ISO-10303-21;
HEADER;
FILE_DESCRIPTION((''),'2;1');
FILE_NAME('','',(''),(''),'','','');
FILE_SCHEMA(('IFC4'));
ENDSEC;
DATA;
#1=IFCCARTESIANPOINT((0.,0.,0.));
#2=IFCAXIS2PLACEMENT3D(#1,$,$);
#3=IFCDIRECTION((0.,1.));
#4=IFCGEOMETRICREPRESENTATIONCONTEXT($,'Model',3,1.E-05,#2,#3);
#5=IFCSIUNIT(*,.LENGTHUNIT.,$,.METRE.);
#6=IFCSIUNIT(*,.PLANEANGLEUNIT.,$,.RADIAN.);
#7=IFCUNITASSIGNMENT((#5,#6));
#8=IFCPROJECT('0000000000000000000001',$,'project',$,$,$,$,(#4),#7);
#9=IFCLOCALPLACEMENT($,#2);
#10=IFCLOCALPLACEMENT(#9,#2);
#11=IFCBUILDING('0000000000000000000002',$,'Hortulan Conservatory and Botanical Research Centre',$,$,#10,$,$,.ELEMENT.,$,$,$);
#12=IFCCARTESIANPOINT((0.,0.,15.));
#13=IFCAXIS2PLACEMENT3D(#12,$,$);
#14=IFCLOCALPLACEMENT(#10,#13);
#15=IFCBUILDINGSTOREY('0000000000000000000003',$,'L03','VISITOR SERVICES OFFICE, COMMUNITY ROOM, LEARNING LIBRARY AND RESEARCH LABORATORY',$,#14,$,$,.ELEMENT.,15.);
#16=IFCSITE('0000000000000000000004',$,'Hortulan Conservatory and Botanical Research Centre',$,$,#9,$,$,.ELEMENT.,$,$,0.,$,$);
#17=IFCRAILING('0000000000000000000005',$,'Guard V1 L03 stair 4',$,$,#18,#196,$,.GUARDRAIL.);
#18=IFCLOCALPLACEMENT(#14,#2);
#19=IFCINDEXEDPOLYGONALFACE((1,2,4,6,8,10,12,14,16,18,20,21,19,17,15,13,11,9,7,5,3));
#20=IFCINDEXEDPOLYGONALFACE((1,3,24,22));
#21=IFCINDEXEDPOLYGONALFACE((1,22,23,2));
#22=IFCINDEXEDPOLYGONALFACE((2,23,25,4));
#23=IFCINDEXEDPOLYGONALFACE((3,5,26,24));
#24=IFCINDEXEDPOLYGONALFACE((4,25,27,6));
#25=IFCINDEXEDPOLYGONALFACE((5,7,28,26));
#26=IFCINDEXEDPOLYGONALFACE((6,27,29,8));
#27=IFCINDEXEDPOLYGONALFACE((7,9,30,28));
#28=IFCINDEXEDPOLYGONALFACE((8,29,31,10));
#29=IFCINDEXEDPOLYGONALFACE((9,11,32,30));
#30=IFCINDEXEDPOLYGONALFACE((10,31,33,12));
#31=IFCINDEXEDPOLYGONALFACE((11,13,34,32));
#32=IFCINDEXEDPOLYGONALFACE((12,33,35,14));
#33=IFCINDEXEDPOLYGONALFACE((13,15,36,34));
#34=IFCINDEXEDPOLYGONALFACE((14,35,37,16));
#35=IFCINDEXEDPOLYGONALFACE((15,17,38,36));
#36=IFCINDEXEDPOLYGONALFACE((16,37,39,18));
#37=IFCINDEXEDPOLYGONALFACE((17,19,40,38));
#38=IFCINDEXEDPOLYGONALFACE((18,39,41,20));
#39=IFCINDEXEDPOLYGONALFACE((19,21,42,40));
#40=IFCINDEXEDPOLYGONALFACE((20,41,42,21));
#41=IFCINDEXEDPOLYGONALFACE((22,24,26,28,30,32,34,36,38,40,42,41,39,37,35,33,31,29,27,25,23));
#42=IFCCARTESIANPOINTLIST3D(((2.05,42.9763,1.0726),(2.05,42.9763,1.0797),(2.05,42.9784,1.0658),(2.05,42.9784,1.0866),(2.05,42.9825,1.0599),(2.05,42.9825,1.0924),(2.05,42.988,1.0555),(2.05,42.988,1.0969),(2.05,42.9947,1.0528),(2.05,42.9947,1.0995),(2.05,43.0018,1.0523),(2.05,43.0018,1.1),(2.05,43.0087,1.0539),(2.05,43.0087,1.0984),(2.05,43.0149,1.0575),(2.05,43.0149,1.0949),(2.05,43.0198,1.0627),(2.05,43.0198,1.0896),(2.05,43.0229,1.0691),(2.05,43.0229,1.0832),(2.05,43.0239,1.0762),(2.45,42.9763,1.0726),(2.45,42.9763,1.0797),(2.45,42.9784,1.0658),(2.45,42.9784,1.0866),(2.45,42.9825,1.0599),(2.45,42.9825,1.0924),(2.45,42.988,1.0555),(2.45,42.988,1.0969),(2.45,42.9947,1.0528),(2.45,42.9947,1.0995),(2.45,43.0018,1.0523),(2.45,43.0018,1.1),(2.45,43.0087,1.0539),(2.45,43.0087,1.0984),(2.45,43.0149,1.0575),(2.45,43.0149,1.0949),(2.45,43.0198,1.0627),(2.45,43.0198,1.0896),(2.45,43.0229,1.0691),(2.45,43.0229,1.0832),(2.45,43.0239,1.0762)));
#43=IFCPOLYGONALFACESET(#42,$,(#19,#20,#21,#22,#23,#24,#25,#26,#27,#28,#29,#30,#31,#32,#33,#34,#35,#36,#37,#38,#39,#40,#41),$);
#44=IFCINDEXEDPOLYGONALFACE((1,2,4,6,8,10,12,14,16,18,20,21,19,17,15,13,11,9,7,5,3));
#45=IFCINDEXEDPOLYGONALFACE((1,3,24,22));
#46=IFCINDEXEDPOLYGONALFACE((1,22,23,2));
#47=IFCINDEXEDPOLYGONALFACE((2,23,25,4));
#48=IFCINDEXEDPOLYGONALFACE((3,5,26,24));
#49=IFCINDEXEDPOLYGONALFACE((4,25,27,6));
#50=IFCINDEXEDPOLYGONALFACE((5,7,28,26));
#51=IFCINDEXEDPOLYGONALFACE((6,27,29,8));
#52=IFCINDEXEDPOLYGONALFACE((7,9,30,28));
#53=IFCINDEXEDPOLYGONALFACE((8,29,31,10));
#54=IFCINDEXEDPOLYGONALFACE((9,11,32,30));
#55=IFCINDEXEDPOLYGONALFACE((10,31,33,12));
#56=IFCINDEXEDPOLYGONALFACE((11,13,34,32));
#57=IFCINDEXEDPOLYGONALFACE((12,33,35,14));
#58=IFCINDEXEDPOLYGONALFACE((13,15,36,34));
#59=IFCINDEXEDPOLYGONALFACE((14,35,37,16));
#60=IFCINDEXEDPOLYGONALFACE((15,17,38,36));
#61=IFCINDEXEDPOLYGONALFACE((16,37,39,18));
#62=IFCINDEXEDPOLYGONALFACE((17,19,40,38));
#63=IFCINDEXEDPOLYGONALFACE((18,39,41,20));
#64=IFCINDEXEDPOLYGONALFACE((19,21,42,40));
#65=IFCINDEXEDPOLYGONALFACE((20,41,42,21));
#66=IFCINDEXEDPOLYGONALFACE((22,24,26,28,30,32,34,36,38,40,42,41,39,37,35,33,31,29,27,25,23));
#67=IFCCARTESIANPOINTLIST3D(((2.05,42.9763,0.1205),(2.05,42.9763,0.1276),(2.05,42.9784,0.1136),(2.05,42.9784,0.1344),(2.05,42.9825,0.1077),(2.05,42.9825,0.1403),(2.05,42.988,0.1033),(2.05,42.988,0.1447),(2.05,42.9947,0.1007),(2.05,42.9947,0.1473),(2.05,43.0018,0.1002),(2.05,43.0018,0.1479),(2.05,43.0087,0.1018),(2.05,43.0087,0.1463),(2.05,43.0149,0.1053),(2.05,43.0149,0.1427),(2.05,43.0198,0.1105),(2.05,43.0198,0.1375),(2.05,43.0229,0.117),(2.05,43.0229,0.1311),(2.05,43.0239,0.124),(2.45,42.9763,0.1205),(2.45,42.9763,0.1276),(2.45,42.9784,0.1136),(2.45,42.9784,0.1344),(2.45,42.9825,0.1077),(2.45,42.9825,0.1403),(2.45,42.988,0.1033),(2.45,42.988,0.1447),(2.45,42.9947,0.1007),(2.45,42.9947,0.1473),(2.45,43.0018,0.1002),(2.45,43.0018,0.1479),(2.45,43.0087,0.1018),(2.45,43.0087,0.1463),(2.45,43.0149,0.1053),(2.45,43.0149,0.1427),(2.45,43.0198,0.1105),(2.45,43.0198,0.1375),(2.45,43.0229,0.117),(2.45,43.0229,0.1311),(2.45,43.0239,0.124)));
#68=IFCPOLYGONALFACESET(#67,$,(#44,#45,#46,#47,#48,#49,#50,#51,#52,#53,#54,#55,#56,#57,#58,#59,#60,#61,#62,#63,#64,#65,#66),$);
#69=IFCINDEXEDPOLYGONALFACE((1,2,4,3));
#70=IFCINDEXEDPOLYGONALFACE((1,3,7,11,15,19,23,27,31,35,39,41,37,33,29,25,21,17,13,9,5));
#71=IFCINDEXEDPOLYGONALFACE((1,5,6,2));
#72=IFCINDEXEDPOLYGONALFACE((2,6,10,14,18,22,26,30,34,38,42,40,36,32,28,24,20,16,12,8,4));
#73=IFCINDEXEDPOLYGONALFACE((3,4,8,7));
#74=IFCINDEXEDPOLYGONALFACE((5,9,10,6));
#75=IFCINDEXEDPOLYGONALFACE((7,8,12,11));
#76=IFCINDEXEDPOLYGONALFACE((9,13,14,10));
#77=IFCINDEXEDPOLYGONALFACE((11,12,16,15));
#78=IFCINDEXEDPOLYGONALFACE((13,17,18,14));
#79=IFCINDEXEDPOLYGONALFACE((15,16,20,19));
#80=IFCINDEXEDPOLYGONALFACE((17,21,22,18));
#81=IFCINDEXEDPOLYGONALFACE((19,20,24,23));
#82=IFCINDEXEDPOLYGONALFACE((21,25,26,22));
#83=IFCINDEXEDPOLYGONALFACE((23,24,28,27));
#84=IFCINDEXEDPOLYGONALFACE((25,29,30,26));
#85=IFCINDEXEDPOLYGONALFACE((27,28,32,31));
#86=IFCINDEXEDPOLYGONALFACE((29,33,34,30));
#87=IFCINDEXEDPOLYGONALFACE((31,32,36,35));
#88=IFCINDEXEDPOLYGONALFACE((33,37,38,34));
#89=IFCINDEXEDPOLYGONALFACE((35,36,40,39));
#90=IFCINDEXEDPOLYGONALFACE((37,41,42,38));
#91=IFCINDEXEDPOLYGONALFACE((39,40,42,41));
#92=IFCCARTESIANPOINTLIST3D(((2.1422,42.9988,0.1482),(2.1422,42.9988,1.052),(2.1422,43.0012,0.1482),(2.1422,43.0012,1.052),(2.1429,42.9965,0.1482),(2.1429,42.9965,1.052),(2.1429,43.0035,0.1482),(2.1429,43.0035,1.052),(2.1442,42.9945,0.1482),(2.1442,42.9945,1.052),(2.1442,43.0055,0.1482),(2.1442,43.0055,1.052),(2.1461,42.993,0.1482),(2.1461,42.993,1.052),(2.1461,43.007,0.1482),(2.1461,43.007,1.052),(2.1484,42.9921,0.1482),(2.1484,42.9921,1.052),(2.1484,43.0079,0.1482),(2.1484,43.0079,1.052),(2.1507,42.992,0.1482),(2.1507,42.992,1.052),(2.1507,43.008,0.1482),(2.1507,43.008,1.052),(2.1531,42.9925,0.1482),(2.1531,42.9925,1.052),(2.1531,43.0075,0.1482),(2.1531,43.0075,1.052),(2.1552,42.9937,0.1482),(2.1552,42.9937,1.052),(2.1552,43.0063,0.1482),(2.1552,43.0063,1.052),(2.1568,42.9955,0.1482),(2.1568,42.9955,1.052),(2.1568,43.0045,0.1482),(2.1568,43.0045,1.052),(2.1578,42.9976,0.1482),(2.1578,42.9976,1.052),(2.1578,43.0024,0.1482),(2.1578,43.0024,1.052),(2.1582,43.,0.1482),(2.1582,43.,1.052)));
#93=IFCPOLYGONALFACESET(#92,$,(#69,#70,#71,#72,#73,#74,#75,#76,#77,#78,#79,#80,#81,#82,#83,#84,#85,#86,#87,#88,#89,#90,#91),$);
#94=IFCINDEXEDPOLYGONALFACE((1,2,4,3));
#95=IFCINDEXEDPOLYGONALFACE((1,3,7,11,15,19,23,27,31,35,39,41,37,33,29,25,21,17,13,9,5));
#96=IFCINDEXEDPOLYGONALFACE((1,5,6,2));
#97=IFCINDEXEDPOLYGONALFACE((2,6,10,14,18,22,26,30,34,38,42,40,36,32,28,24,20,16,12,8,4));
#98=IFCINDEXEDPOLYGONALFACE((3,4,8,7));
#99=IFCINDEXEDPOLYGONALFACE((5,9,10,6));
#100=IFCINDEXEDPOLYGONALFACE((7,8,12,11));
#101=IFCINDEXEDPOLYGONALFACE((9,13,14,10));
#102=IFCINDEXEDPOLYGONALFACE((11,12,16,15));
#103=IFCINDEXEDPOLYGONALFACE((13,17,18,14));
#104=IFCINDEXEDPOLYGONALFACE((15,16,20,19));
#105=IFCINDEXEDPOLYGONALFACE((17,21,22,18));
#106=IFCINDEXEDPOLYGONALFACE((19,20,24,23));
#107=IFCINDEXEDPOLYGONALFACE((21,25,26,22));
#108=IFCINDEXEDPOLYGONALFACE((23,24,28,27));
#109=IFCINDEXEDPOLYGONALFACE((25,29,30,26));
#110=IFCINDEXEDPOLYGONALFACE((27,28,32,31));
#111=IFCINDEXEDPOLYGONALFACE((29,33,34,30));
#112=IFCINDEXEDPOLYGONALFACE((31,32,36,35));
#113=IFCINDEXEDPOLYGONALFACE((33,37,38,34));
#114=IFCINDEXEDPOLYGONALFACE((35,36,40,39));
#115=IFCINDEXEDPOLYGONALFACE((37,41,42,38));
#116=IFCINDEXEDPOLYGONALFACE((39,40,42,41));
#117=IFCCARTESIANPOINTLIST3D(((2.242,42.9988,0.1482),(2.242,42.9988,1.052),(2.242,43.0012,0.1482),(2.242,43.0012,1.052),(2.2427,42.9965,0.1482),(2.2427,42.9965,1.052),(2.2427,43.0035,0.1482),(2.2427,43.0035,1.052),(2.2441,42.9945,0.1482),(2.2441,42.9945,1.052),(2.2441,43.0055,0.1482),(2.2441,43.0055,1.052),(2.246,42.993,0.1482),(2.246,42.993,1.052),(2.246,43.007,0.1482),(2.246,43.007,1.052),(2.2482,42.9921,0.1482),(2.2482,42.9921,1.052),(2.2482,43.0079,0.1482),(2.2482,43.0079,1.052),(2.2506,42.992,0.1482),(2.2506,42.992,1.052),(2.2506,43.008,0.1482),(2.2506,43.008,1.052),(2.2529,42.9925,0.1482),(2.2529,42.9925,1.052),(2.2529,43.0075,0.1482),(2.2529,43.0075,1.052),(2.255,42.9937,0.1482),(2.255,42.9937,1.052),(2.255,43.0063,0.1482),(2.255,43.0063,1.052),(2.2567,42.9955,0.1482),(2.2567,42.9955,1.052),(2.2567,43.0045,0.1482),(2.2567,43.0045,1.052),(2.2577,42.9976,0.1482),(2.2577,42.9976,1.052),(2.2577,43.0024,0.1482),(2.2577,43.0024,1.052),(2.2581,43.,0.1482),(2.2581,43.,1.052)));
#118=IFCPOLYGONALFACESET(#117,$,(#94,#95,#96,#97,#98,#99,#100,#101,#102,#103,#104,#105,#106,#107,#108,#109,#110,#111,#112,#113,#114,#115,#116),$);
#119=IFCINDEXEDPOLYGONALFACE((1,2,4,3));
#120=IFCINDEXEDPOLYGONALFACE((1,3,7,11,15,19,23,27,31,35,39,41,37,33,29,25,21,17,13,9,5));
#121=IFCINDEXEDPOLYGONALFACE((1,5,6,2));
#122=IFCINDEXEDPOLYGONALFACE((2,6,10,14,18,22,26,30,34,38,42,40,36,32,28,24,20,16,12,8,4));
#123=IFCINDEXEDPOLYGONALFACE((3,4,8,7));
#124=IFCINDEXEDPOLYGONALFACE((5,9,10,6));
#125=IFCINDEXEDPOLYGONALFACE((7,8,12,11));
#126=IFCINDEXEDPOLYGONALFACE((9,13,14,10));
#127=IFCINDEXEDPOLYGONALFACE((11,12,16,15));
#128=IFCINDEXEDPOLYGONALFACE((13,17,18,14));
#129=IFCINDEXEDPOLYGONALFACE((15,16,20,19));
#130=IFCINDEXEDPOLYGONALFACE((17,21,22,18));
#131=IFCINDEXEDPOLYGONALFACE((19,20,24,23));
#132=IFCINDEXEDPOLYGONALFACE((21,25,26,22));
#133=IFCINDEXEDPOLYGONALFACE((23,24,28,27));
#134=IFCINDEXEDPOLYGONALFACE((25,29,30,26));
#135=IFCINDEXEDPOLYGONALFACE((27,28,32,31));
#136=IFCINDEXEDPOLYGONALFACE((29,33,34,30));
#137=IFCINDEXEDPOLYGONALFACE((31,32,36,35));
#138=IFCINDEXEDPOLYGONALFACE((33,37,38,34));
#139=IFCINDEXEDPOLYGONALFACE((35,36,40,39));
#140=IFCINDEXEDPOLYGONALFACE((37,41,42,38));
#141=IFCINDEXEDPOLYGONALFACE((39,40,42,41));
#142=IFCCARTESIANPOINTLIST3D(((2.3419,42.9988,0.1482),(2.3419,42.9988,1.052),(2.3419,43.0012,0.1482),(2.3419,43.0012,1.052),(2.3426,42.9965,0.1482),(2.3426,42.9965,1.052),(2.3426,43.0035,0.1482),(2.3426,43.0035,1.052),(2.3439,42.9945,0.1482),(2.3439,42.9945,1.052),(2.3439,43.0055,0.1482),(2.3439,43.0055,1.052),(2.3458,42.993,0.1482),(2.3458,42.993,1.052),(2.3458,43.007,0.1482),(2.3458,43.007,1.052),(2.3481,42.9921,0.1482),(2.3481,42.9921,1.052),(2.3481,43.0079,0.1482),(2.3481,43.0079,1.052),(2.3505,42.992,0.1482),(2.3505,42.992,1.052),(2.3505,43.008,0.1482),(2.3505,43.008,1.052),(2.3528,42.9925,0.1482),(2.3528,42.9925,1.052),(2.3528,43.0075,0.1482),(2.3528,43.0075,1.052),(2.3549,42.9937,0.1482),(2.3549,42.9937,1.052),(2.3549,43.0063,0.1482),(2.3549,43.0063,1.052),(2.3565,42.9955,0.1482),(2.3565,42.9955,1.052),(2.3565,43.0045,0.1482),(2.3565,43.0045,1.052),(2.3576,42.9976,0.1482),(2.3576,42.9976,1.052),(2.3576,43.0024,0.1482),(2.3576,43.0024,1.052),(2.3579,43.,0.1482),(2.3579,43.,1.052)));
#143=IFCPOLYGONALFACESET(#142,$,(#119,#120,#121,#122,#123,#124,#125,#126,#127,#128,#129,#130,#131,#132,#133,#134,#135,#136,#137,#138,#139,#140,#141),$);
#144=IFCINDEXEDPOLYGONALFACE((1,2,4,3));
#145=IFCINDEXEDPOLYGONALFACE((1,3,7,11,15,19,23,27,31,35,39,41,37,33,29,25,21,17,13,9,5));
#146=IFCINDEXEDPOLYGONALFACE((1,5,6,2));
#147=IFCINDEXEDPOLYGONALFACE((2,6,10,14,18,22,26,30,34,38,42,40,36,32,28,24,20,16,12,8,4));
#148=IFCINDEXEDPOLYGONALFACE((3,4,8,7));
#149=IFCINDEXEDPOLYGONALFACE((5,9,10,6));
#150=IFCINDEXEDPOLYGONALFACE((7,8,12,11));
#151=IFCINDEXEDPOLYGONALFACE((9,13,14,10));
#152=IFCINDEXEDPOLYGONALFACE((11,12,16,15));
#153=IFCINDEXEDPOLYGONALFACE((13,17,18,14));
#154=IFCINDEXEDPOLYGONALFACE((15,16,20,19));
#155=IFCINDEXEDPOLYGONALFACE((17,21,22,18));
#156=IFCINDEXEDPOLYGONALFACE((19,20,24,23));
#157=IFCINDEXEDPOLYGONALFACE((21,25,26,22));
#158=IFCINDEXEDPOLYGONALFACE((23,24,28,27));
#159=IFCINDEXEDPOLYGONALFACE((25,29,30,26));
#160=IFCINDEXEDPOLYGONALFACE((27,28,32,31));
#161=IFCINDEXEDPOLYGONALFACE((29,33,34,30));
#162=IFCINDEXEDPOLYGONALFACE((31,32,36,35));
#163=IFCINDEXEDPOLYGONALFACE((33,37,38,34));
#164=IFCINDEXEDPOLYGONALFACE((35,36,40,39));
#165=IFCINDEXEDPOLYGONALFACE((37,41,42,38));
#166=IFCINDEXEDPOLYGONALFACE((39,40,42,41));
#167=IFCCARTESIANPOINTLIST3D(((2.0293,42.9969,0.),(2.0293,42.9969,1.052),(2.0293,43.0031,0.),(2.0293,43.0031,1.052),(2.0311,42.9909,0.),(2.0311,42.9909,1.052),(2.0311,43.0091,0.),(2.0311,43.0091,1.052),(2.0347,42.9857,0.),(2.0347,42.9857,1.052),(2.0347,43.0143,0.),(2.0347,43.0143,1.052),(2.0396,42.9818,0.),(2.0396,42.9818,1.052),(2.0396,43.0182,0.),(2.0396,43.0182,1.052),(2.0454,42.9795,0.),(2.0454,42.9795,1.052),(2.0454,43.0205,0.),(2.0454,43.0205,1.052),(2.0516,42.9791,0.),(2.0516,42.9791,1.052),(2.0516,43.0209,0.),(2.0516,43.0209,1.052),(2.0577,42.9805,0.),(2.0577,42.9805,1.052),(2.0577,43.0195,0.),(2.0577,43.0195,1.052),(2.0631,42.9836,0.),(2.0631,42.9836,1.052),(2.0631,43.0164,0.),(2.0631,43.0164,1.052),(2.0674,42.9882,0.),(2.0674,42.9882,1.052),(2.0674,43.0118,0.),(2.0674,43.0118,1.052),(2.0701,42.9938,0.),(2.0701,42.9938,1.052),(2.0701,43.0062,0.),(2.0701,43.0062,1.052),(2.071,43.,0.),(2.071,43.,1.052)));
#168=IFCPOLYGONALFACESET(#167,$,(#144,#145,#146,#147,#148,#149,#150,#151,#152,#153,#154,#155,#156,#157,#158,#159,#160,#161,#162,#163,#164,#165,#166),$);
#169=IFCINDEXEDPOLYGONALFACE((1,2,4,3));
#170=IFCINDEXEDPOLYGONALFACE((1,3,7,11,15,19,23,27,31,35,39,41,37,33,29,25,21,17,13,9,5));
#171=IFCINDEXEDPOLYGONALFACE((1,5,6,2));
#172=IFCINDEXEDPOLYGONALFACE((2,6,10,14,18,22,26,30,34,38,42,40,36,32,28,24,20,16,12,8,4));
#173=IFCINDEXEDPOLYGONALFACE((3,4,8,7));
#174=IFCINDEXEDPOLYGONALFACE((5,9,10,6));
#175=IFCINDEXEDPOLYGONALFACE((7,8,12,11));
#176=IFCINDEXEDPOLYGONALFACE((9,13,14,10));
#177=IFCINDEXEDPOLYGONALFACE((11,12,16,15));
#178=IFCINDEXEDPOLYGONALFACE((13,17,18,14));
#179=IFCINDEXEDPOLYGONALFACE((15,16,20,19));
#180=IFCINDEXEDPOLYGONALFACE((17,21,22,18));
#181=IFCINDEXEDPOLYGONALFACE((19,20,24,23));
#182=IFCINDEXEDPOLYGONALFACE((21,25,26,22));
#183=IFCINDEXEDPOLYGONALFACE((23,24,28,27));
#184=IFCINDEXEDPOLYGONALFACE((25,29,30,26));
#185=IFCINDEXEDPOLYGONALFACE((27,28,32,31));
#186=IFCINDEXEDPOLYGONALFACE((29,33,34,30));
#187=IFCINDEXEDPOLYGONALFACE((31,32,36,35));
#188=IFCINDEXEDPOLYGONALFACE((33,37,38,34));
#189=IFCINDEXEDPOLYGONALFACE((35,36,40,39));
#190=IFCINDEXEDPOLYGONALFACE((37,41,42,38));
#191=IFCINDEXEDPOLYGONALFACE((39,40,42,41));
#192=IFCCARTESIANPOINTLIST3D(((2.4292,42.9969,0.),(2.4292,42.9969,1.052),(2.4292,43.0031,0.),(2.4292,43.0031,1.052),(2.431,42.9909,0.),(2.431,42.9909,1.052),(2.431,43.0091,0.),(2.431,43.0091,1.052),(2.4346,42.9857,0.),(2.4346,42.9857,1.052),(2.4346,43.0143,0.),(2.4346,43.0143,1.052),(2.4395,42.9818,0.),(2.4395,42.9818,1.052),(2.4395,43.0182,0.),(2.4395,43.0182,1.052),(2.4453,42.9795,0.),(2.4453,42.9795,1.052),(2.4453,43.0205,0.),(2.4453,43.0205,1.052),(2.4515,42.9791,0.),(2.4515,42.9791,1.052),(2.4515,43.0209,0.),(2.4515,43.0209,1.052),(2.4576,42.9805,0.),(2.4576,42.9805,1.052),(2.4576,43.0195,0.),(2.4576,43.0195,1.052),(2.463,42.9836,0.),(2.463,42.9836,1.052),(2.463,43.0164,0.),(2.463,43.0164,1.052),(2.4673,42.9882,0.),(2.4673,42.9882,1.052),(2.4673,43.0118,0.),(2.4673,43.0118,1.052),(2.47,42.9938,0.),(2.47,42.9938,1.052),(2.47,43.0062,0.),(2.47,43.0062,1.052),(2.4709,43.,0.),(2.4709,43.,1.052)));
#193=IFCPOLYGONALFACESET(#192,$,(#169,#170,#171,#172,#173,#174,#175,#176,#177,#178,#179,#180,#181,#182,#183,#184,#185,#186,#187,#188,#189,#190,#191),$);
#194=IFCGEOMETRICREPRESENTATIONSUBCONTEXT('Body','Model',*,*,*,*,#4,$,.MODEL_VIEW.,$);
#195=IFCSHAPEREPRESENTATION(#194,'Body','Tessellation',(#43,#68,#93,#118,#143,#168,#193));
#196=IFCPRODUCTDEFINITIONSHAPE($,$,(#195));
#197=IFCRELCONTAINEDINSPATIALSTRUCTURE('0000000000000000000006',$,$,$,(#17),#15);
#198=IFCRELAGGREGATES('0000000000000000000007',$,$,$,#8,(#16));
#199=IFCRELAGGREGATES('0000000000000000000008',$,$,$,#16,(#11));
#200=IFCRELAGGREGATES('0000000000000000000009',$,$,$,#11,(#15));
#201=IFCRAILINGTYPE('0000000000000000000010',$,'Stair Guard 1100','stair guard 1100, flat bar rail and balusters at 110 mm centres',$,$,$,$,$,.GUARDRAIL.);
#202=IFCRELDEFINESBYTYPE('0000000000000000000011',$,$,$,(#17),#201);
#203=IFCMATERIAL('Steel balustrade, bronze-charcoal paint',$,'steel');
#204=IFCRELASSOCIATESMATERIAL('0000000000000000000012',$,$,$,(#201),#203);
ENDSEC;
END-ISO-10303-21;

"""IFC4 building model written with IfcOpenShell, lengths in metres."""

from ifc_helpers import new_model, si_unit, direction, frame, origin, origin_2d, place, context, subcontext, project, spatial, circle, extrude, material, type_object, element, save


model = new_model("IFC4")

# Units and contexts
model_context = context("Model", 3, precision=1e-05, world=origin(), true_north=direction((0.0, 1.0)))
body_context = subcontext(model_context, "Body", "Model", "MODEL_VIEW")
ifc_project = project(units=[si_unit("LENGTHUNIT", "METRE"), si_unit("PLANEANGLEUNIT", "RADIAN")], contexts=[model_context])

# Site, building, storey
site_placement = place(None, origin())
site = spatial("IfcSite", under=ifc_project, at=site_placement, Name="Hortulan Conservatory and Botanical Research Centre", CompositionType="ELEMENT", RefElevation=0.0)
building_placement = place(site_placement, origin())
building = spatial("IfcBuilding", under=site, at=building_placement, Name="Hortulan Conservatory and Botanical Research Centre", CompositionType="ELEMENT")
storey_placement = place(building_placement, frame((0.0, 0.0, 15.0)))
storey = spatial("IfcBuildingStorey", under=building, at=storey_placement, Name="L03", Description="VISITOR SERVICES OFFICE, COMMUNITY ROOM, LEARNING LIBRARY AND RESEARCH LABORATORY", CompositionType="ELEMENT", Elevation=15.0)

# Railing
ifc_material_1 = material(Name="Steel balustrade, bronze-charcoal paint", Category="steel")
railing_type_1 = type_object("IfcRailingType", Name="Stair Guard 1100", Description="stair guard 1100, flat bar rail and balusters at 110 mm centres", PredefinedType="GUARDRAIL", material=ifc_material_1)
railing_1_placement = place(storey_placement, frame((2.05, 43.0, 0.0)))
element("IfcRailing", 1, at=railing_1_placement, inside=storey, type_object=railing_type_1, Name="Guard V1 L03 stair 4", PredefinedType="GUARDRAIL", context=body_context, shape_type="SweptSolid", body=[
    extrude(circle(Radius=0.0239, at=origin_2d()), frame((0.0, 0.0, 1.0762), z_axis=(1.0, 0.0, 0.0), x_axis=(0.0, 1.0, 0.0)), (0.0, 0.0, 1.0), 0.3999),
    extrude(circle(Radius=0.0239, at=origin_2d()), frame((0.0, 0.0, 0.124), z_axis=(1.0, 0.0, 0.0), x_axis=(0.0, 1.0, 0.0)), (0.0, 0.0, 1.0), 0.3999),
    extrude(circle(Radius=0.0081, at=origin_2d()), frame((0.1001, 0.0, 0.1482)), (0.0, 0.0, 1.0), 0.9038),
    extrude(circle(Radius=0.0081, at=origin_2d()), frame((0.2, 0.0, 0.1482)), (0.0, 0.0, 1.0), 0.9038),
    extrude(circle(Radius=0.0081, at=origin_2d()), frame((0.2998, 0.0, 0.1482)), (0.0, 0.0, 1.0), 0.9038),
    extrude(circle(Radius=0.021, at=origin_2d()), origin(), (0.0, 0.0, 1.0), 1.052),
    extrude(circle(Radius=0.021, at=origin_2d()), frame((0.3999, 0.0, 0.0)), (0.0, 0.0, 1.0), 1.052),
])

save(model, "model.ifc")
